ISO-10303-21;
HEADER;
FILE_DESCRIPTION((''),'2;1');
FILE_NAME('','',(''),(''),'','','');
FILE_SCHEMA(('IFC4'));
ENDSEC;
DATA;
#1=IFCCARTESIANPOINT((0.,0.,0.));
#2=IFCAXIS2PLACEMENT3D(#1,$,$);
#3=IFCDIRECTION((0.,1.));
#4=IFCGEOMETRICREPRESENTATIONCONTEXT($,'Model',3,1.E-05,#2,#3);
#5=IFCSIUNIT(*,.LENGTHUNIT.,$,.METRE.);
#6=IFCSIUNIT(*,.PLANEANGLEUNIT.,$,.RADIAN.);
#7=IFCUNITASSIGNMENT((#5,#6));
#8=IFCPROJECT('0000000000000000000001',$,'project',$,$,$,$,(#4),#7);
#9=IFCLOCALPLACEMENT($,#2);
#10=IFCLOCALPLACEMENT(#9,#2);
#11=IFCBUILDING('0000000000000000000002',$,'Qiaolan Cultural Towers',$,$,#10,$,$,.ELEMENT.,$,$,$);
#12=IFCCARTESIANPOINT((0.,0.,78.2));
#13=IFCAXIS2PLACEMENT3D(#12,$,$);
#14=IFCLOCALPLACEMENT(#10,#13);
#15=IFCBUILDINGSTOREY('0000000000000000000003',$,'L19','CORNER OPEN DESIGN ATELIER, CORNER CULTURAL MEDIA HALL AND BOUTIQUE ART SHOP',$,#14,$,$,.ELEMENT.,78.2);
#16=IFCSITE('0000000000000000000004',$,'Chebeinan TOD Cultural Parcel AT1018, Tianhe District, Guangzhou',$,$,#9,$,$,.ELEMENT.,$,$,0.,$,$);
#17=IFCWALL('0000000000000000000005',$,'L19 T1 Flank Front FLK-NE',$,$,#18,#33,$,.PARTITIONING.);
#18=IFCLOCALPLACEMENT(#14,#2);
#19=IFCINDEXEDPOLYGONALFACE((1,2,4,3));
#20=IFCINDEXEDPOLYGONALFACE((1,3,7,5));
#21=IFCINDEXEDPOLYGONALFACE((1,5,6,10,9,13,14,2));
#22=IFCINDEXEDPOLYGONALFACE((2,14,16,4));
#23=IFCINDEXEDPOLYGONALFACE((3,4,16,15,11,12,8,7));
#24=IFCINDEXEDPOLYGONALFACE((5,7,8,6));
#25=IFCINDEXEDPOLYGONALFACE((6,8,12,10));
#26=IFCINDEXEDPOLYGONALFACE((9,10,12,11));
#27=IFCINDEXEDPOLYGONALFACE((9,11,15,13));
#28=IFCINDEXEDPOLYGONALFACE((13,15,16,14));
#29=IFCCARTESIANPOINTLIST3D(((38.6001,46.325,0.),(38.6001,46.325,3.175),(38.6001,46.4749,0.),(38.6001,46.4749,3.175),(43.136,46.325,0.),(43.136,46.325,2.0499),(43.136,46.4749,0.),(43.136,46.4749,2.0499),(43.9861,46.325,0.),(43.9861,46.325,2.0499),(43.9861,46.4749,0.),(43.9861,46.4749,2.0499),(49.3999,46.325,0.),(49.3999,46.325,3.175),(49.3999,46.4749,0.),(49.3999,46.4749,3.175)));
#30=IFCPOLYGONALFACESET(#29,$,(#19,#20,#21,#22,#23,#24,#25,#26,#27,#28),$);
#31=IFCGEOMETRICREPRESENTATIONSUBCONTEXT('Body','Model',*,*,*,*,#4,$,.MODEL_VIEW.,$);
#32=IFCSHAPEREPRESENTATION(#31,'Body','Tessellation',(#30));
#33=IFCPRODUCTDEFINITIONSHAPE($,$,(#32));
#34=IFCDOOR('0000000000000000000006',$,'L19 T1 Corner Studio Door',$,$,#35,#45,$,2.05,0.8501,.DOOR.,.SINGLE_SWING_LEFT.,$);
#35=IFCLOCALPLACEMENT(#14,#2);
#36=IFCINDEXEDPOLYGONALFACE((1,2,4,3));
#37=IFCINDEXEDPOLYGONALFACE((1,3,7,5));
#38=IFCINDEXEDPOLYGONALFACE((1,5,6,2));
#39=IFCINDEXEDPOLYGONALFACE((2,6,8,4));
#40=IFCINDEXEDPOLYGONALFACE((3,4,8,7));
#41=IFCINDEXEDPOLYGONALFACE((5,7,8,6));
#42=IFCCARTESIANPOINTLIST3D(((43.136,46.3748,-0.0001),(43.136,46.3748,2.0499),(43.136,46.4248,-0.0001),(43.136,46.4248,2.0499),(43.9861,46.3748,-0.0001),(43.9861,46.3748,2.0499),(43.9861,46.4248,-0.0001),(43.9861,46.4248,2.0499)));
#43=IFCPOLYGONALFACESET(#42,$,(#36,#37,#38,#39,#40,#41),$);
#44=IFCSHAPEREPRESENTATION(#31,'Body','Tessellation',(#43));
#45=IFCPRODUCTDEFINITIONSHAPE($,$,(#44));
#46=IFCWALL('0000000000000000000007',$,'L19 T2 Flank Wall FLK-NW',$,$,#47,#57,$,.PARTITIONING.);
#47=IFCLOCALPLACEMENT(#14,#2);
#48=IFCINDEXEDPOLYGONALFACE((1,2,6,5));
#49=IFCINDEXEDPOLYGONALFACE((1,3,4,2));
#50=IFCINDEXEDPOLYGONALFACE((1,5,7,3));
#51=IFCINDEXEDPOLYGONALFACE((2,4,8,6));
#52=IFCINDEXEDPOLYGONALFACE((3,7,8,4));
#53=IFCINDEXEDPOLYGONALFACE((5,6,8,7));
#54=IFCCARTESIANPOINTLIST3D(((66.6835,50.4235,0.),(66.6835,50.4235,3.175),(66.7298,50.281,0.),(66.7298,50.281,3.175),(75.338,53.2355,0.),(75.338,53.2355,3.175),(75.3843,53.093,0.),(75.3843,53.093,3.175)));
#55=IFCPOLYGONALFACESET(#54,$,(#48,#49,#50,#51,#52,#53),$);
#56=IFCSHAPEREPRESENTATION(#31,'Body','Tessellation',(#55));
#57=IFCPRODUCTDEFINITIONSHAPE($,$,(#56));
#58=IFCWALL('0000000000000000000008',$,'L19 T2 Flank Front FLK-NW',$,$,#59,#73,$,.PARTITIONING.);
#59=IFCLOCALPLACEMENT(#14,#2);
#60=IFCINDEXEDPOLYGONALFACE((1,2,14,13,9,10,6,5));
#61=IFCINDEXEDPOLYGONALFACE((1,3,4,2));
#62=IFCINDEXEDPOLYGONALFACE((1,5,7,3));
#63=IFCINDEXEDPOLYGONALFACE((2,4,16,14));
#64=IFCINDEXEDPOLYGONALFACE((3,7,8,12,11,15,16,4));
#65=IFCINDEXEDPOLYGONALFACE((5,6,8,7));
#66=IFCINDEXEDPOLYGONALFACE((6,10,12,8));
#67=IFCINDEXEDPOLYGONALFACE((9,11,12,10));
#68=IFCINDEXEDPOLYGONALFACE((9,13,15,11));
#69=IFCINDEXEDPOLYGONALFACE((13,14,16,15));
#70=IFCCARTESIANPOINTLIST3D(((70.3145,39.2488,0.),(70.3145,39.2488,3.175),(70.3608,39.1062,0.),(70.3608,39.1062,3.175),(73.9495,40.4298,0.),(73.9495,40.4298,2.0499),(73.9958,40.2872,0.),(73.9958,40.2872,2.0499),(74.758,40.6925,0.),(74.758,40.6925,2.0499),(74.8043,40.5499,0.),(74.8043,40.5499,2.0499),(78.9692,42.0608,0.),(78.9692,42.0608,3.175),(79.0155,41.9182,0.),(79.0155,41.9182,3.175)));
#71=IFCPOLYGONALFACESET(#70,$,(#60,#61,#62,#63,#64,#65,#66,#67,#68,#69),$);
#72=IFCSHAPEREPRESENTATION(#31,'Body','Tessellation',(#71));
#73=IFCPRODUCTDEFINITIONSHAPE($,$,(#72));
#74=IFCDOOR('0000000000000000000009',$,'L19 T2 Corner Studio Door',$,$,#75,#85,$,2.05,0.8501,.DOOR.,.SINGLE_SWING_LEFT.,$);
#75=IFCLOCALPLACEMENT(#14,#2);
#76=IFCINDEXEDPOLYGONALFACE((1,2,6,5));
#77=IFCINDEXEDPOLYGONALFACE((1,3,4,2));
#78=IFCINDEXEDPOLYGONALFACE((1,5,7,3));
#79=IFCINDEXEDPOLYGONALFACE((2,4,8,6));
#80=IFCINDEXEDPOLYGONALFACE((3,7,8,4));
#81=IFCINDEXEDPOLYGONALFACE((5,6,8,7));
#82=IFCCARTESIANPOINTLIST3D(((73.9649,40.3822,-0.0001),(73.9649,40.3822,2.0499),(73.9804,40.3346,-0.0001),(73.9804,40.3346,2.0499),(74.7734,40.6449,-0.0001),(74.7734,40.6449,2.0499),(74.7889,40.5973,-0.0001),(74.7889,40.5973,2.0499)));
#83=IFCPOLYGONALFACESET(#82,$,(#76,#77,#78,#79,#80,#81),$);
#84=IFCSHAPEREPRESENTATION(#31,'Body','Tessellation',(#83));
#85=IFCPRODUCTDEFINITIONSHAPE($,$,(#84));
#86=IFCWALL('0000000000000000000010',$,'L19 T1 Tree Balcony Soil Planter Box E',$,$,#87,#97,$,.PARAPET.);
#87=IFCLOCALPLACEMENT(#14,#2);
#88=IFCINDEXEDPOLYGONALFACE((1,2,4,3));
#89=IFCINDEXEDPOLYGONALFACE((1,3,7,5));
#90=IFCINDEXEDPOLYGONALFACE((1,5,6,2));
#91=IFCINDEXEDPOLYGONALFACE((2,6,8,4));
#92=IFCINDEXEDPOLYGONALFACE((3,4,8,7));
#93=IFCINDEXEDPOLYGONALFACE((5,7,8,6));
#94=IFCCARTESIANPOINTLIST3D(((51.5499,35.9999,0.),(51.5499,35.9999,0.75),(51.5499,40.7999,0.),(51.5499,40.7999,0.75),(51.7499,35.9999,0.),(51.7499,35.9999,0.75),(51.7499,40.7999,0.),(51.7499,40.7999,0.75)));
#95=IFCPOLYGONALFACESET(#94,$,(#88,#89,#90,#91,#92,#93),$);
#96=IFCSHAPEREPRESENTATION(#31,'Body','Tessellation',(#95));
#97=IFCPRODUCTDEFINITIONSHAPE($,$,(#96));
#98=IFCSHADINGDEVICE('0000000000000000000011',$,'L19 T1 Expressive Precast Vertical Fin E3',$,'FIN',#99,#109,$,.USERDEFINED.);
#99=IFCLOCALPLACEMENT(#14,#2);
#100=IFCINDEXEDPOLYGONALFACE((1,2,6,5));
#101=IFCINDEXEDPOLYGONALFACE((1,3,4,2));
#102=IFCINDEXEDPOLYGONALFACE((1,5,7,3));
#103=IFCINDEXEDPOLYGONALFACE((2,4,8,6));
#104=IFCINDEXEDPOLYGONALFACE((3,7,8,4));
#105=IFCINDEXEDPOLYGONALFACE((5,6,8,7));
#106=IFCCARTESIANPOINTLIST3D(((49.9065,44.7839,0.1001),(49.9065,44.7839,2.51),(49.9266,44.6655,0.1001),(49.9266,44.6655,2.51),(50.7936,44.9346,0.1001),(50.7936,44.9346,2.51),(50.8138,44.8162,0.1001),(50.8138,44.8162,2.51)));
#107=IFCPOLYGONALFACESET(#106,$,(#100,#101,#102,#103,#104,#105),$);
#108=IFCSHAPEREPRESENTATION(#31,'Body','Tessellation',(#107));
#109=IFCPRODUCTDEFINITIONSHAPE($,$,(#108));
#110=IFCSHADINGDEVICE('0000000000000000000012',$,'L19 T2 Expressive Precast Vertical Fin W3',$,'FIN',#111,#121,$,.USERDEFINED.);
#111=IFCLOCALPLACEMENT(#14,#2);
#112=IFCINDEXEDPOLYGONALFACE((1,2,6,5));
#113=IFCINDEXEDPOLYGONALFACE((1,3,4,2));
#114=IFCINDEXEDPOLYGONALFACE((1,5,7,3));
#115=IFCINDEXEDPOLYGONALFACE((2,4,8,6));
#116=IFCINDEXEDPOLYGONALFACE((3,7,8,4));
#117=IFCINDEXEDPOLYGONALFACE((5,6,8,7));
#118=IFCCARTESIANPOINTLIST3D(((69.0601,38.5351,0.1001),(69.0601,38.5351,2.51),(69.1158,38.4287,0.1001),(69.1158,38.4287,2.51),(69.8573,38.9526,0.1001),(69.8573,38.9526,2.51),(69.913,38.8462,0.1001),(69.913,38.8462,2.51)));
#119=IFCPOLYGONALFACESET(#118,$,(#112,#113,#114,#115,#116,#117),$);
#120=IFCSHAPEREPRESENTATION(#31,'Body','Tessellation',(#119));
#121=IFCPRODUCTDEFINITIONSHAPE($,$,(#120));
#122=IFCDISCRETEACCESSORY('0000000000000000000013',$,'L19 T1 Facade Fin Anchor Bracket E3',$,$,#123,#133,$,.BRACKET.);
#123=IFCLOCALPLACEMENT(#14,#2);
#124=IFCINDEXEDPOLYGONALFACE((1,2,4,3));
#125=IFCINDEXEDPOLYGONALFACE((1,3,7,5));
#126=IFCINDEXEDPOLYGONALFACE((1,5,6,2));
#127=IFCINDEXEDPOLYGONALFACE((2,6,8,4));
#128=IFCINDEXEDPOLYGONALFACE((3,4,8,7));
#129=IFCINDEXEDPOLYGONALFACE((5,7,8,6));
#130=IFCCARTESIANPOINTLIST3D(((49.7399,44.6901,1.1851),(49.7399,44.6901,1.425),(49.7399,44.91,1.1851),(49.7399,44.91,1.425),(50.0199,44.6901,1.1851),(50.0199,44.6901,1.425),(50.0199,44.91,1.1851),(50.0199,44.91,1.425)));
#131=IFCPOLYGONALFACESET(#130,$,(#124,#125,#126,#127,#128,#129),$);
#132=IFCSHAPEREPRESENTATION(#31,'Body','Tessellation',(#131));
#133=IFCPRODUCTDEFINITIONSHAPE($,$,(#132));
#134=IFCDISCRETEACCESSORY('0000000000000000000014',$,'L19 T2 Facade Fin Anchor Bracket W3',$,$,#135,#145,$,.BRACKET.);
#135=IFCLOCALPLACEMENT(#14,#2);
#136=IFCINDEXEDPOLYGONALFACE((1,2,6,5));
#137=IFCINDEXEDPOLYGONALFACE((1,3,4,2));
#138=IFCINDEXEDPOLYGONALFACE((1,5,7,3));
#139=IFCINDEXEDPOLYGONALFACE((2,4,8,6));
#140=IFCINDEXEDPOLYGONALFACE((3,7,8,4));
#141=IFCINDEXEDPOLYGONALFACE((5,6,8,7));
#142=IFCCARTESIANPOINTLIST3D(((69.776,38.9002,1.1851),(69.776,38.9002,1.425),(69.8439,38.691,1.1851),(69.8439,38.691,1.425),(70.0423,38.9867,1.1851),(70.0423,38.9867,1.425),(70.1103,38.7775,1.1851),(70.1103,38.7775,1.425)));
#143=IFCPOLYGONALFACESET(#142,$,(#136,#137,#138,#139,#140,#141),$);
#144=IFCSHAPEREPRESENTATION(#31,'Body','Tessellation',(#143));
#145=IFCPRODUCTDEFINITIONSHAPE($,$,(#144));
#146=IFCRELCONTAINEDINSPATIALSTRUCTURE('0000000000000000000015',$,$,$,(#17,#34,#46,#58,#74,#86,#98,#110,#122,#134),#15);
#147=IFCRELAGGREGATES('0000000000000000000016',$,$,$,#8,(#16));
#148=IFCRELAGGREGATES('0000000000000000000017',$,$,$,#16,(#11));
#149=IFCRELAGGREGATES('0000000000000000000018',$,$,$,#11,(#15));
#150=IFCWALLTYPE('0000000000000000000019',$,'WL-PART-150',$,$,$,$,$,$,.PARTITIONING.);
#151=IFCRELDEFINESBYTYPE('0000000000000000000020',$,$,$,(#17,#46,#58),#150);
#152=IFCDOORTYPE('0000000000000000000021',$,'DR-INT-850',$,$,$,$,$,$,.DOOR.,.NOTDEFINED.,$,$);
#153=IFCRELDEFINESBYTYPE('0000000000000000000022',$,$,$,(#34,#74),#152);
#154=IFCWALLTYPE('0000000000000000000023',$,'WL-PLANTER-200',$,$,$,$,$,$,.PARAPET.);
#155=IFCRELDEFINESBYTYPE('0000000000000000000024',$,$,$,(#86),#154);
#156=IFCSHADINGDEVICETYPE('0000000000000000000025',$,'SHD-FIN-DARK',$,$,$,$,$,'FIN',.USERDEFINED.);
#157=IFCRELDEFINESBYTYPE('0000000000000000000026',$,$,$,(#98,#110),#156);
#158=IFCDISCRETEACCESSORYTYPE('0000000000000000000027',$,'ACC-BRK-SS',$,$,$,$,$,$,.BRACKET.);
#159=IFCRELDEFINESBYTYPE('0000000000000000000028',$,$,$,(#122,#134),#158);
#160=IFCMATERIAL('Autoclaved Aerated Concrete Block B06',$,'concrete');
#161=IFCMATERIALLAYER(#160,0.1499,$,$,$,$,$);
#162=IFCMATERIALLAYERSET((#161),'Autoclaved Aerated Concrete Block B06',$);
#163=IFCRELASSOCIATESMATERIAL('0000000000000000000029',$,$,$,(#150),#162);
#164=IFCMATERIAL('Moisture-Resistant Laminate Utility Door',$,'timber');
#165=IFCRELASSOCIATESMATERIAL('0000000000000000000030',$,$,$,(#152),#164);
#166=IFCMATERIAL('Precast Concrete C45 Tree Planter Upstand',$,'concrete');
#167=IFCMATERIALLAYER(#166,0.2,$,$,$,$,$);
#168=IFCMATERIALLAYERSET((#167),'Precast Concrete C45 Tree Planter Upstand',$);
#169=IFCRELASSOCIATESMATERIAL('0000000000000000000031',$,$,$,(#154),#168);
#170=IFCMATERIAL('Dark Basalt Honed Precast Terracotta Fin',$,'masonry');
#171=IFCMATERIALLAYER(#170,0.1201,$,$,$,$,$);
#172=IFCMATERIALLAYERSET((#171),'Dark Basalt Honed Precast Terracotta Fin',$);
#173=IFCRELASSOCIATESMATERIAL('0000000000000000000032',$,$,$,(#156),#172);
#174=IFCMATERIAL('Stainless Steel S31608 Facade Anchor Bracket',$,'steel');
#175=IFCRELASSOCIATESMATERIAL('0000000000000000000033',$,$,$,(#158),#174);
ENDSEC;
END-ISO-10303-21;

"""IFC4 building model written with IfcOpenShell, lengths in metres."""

from ifc_helpers import new_model, si_unit, direction, frame, frame_2d, origin, origin_2d, place, context, subcontext, project, spatial, rectangle, extrude, material, layer, layer_set, type_object, element, fill, save


model = new_model("IFC4")

# Units and contexts
model_context = context("Model", 3, precision=1e-05, world=origin(), true_north=direction((0.0, 1.0)))
body_context = subcontext(model_context, "Body", "Model", "MODEL_VIEW")
ifc_project = project(units=[si_unit("LENGTHUNIT", "METRE"), si_unit("PLANEANGLEUNIT", "RADIAN")], contexts=[model_context])

# Site, building, storey
site_placement = place(None, origin())
site = spatial("IfcSite", under=ifc_project, at=site_placement, Name="Chebeinan TOD Cultural Parcel AT1018, Tianhe District, Guangzhou", CompositionType="ELEMENT", RefElevation=0.0)
building_placement = place(site_placement, origin())
building = spatial("IfcBuilding", under=site, at=building_placement, Name="Qiaolan Cultural Towers", CompositionType="ELEMENT")
storey_placement = place(building_placement, frame((0.0, 0.0, 78.2)))
storey = spatial("IfcBuildingStorey", under=building, at=storey_placement, Name="L19", Description="CORNER OPEN DESIGN ATELIER, CORNER CULTURAL MEDIA HALL AND BOUTIQUE ART SHOP", CompositionType="ELEMENT", Elevation=78.2)

# Shared definitions
ifc_material_1 = material(Name="Autoclaved Aerated Concrete Block B06", Category="concrete")
ifc_layer_1 = layer(ifc_material_1, 0.1499)
ifc_layer_set_1 = layer_set([ifc_layer_1], Name="Autoclaved Aerated Concrete Block B06")
wall_type_1 = type_object("IfcWallType", Name="WL-PART-150", PredefinedType="PARTITIONING", material=ifc_layer_set_1)

# Wall, opening, door
wall_1_placement = place(storey_placement, frame((38.6001, 46.3999, 0.0), z_axis=(0.0, 0.0, 1.0), x_axis=(1.0, 0.0, 0.0)))
wall_1 = element("IfcWall", 1, at=wall_1_placement, inside=storey, type_object=wall_type_1, Name="L19 T1 Flank Front FLK-NE", PredefinedType="PARTITIONING", context=body_context, shape_type="SweptSolid", body=[
    extrude(rectangle(XDim=10.7998, YDim=0.1499, at=frame_2d((5.3999, 0.0))), origin(), (0.0, 0.0, 1.0), 3.175),
])
opening_1_placement = place(wall_1_placement, frame((4.5359, 0.0, 0.0)))
opening_1 = element("IfcOpeningElement", 2, at=opening_1_placement, cuts=wall_1, PredefinedType="OPENING", context=body_context, shape_type="SweptSolid", body=[
    extrude(rectangle(XDim=0.8501, YDim=2.05, at=frame_2d((0.425, 1.0249))), frame((0.0, 0.085, 0.0), z_axis=(0.0, -1.0, 0.0), x_axis=(1.0, 0.0, 0.0)), (0.0, 0.0, 1.0), 0.1699),
])
ifc_material_2 = material(Name="Moisture-Resistant Laminate Utility Door", Category="timber")
door_type_1 = type_object("IfcDoorType", Name="DR-INT-850", OperationType="NOTDEFINED", PredefinedType="DOOR", material=ifc_material_2)
door_1_placement = place(opening_1_placement, origin())
door_1 = element("IfcDoor", 3, at=door_1_placement, inside=storey, type_object=door_type_1, Name="L19 T1 Corner Studio Door", OperationType="SINGLE_SWING_LEFT", OverallHeight=2.05, OverallWidth=0.8501, PredefinedType="DOOR", context=body_context, shape_type="SweptSolid", body=[
    extrude(rectangle(XDim=0.8501, YDim=2.05, at=frame_2d((0.425, 1.0249))), frame((0.0, 0.0249, 0.0), z_axis=(0.0, -1.0, 0.0), x_axis=(1.0, 0.0, 0.0)), (0.0, 0.0, 1.0), 0.05),
])
fill(opening_1, door_1)

# Wall
wall_2_placement = place(storey_placement, frame((66.7068, 50.3523, 0.0), z_axis=(0.0, 0.0, 1.0), x_axis=(0.951057, 0.309015, 0.0)))
element("IfcWall", 4, at=wall_2_placement, inside=storey, type_object=wall_type_1, Name="L19 T2 Flank Wall FLK-NW", PredefinedType="PARTITIONING", context=body_context, shape_type="SweptSolid", body=[
    extrude(rectangle(XDim=9.0999, YDim=0.1499, at=frame_2d((4.5498, 0.0))), origin(), (0.0, 0.0, 1.0), 3.175),
])

# Wall, opening, door
wall_3_placement = place(storey_placement, frame((70.3376, 39.1775, 0.0), z_axis=(0.0, 0.0, 1.0), x_axis=(0.95106, 0.309007, 0.0)))
wall_3 = element("IfcWall", 5, at=wall_3_placement, inside=storey, type_object=wall_type_1, Name="L19 T2 Flank Front FLK-NW", PredefinedType="PARTITIONING", context=body_context, shape_type="SweptSolid", body=[
    extrude(rectangle(XDim=9.1001, YDim=0.1499, at=frame_2d((4.55, 0.0))), origin(), (0.0, 0.0, 1.0), 3.175),
])
opening_2_placement = place(wall_3_placement, frame((3.822, 0.0, 0.0)))
opening_2 = element("IfcOpeningElement", 6, at=opening_2_placement, cuts=wall_3, PredefinedType="OPENING", context=body_context, shape_type="SweptSolid", body=[
    extrude(rectangle(XDim=0.8501, YDim=2.05, at=frame_2d((0.425, 1.0249))), frame((0.0, 0.085, 0.0), z_axis=(0.0, -1.0, 0.0), x_axis=(1.0, 0.0, 0.0)), (0.0, 0.0, 1.0), 0.1699),
])
door_2_placement = place(opening_2_placement, origin())
door_2 = element("IfcDoor", 7, at=door_2_placement, inside=storey, type_object=door_type_1, Name="L19 T2 Corner Studio Door", OperationType="SINGLE_SWING_LEFT", OverallHeight=2.05, OverallWidth=0.8501, PredefinedType="DOOR", context=body_context, shape_type="SweptSolid", body=[
    extrude(rectangle(XDim=0.8501, YDim=2.05, at=frame_2d((0.425, 1.0249))), frame((0.0, 0.0249, 0.0), z_axis=(0.0, -1.0, 0.0), x_axis=(1.0, 0.0, 0.0)), (0.0, 0.0, 1.0), 0.05),
])
fill(opening_2, door_2)

# Wall
ifc_material_3 = material(Name="Precast Concrete C45 Tree Planter Upstand", Category="concrete")
ifc_layer_2 = layer(ifc_material_3, 0.2)
ifc_layer_set_2 = layer_set([ifc_layer_2], Name="Precast Concrete C45 Tree Planter Upstand")
wall_type_2 = type_object("IfcWallType", Name="WL-PLANTER-200", PredefinedType="PARAPET", material=ifc_layer_set_2)
wall_4_placement = place(storey_placement, frame((51.6499, 36.0, 0.0), z_axis=(0.0, 0.0, 1.0), x_axis=(0.0, 1.0, 0.0)))
element("IfcWall", 8, at=wall_4_placement, inside=storey, type_object=wall_type_2, Name="L19 T1 Tree Balcony Soil Planter Box E", PredefinedType="PARAPET", context=body_context, shape_type="SweptSolid", body=[
    extrude(rectangle(XDim=4.8, YDim=0.2, at=frame_2d((2.3999, 0.0))), origin(), (0.0, 0.0, 1.0), 0.75),
])

# Shading devices
ifc_material_4 = material(Name="Dark Basalt Honed Precast Terracotta Fin", Category="masonry")
ifc_layer_3 = layer(ifc_material_4, 0.1201)
ifc_layer_set_3 = layer_set([ifc_layer_3], Name="Dark Basalt Honed Precast Terracotta Fin")
shading_device_type = type_object("IfcShadingDeviceType", Name="SHD-FIN-DARK", ElementType="FIN", PredefinedType="USERDEFINED", material=ifc_layer_set_3)
for number, where, z_axis, x_axis, name in (
    (9, (50.3601, 44.8, 0.1001), (0.0, 0.0, 1.0), (0.985874, 0.167488, 0.0), "L19 T1 Expressive Precast Vertical Fin E3"),
    (10, (69.4866, 38.6907, 0.1001), (0.0, 0.0, 1.0), (0.885865, 0.463943, 0.0), "L19 T2 Expressive Precast Vertical Fin W3"),
):
    element("IfcShadingDevice", number, at=place(storey_placement, frame(where, z_axis=z_axis, x_axis=x_axis)), inside=storey, type_object=shading_device_type, Name=name, ObjectType="FIN", PredefinedType="USERDEFINED", context=body_context, shape_type="SweptSolid", body=[
        extrude(rectangle(XDim=0.8999, YDim=0.1201, at=origin_2d()), origin(), (0.0, 0.0, 1.0), 2.4099),
    ])

# Discrete accessories
ifc_material_5 = material(Name="Stainless Steel S31608 Facade Anchor Bracket", Category="steel")
discrete_accessory_type = type_object("IfcDiscreteAccessoryType", Name="ACC-BRK-SS", PredefinedType="BRACKET", material=ifc_material_5)
for number, where, z_axis, x_axis, name in (
    (11, (49.8799, 44.8, 1.1851), (0.0, 0.0, 1.0), (1.0, 0.0, 0.0), "L19 T1 Facade Fin Anchor Bracket E3"),
    (12, (69.9431, 38.8389, 1.1851), (0.0, 0.0, 1.0), (0.951057, 0.309017, 0.0), "L19 T2 Facade Fin Anchor Bracket W3"),
):
    element("IfcDiscreteAccessory", number, at=place(storey_placement, frame(where, z_axis=z_axis, x_axis=x_axis)), inside=storey, type_object=discrete_accessory_type, Name=name, PredefinedType="BRACKET", context=body_context, shape_type="SweptSolid", body=[
        extrude(rectangle(XDim=0.28, YDim=0.22, at=origin_2d()), origin(), (0.0, 0.0, 1.0), 0.24),
    ])

save(model, "model.ifc")
